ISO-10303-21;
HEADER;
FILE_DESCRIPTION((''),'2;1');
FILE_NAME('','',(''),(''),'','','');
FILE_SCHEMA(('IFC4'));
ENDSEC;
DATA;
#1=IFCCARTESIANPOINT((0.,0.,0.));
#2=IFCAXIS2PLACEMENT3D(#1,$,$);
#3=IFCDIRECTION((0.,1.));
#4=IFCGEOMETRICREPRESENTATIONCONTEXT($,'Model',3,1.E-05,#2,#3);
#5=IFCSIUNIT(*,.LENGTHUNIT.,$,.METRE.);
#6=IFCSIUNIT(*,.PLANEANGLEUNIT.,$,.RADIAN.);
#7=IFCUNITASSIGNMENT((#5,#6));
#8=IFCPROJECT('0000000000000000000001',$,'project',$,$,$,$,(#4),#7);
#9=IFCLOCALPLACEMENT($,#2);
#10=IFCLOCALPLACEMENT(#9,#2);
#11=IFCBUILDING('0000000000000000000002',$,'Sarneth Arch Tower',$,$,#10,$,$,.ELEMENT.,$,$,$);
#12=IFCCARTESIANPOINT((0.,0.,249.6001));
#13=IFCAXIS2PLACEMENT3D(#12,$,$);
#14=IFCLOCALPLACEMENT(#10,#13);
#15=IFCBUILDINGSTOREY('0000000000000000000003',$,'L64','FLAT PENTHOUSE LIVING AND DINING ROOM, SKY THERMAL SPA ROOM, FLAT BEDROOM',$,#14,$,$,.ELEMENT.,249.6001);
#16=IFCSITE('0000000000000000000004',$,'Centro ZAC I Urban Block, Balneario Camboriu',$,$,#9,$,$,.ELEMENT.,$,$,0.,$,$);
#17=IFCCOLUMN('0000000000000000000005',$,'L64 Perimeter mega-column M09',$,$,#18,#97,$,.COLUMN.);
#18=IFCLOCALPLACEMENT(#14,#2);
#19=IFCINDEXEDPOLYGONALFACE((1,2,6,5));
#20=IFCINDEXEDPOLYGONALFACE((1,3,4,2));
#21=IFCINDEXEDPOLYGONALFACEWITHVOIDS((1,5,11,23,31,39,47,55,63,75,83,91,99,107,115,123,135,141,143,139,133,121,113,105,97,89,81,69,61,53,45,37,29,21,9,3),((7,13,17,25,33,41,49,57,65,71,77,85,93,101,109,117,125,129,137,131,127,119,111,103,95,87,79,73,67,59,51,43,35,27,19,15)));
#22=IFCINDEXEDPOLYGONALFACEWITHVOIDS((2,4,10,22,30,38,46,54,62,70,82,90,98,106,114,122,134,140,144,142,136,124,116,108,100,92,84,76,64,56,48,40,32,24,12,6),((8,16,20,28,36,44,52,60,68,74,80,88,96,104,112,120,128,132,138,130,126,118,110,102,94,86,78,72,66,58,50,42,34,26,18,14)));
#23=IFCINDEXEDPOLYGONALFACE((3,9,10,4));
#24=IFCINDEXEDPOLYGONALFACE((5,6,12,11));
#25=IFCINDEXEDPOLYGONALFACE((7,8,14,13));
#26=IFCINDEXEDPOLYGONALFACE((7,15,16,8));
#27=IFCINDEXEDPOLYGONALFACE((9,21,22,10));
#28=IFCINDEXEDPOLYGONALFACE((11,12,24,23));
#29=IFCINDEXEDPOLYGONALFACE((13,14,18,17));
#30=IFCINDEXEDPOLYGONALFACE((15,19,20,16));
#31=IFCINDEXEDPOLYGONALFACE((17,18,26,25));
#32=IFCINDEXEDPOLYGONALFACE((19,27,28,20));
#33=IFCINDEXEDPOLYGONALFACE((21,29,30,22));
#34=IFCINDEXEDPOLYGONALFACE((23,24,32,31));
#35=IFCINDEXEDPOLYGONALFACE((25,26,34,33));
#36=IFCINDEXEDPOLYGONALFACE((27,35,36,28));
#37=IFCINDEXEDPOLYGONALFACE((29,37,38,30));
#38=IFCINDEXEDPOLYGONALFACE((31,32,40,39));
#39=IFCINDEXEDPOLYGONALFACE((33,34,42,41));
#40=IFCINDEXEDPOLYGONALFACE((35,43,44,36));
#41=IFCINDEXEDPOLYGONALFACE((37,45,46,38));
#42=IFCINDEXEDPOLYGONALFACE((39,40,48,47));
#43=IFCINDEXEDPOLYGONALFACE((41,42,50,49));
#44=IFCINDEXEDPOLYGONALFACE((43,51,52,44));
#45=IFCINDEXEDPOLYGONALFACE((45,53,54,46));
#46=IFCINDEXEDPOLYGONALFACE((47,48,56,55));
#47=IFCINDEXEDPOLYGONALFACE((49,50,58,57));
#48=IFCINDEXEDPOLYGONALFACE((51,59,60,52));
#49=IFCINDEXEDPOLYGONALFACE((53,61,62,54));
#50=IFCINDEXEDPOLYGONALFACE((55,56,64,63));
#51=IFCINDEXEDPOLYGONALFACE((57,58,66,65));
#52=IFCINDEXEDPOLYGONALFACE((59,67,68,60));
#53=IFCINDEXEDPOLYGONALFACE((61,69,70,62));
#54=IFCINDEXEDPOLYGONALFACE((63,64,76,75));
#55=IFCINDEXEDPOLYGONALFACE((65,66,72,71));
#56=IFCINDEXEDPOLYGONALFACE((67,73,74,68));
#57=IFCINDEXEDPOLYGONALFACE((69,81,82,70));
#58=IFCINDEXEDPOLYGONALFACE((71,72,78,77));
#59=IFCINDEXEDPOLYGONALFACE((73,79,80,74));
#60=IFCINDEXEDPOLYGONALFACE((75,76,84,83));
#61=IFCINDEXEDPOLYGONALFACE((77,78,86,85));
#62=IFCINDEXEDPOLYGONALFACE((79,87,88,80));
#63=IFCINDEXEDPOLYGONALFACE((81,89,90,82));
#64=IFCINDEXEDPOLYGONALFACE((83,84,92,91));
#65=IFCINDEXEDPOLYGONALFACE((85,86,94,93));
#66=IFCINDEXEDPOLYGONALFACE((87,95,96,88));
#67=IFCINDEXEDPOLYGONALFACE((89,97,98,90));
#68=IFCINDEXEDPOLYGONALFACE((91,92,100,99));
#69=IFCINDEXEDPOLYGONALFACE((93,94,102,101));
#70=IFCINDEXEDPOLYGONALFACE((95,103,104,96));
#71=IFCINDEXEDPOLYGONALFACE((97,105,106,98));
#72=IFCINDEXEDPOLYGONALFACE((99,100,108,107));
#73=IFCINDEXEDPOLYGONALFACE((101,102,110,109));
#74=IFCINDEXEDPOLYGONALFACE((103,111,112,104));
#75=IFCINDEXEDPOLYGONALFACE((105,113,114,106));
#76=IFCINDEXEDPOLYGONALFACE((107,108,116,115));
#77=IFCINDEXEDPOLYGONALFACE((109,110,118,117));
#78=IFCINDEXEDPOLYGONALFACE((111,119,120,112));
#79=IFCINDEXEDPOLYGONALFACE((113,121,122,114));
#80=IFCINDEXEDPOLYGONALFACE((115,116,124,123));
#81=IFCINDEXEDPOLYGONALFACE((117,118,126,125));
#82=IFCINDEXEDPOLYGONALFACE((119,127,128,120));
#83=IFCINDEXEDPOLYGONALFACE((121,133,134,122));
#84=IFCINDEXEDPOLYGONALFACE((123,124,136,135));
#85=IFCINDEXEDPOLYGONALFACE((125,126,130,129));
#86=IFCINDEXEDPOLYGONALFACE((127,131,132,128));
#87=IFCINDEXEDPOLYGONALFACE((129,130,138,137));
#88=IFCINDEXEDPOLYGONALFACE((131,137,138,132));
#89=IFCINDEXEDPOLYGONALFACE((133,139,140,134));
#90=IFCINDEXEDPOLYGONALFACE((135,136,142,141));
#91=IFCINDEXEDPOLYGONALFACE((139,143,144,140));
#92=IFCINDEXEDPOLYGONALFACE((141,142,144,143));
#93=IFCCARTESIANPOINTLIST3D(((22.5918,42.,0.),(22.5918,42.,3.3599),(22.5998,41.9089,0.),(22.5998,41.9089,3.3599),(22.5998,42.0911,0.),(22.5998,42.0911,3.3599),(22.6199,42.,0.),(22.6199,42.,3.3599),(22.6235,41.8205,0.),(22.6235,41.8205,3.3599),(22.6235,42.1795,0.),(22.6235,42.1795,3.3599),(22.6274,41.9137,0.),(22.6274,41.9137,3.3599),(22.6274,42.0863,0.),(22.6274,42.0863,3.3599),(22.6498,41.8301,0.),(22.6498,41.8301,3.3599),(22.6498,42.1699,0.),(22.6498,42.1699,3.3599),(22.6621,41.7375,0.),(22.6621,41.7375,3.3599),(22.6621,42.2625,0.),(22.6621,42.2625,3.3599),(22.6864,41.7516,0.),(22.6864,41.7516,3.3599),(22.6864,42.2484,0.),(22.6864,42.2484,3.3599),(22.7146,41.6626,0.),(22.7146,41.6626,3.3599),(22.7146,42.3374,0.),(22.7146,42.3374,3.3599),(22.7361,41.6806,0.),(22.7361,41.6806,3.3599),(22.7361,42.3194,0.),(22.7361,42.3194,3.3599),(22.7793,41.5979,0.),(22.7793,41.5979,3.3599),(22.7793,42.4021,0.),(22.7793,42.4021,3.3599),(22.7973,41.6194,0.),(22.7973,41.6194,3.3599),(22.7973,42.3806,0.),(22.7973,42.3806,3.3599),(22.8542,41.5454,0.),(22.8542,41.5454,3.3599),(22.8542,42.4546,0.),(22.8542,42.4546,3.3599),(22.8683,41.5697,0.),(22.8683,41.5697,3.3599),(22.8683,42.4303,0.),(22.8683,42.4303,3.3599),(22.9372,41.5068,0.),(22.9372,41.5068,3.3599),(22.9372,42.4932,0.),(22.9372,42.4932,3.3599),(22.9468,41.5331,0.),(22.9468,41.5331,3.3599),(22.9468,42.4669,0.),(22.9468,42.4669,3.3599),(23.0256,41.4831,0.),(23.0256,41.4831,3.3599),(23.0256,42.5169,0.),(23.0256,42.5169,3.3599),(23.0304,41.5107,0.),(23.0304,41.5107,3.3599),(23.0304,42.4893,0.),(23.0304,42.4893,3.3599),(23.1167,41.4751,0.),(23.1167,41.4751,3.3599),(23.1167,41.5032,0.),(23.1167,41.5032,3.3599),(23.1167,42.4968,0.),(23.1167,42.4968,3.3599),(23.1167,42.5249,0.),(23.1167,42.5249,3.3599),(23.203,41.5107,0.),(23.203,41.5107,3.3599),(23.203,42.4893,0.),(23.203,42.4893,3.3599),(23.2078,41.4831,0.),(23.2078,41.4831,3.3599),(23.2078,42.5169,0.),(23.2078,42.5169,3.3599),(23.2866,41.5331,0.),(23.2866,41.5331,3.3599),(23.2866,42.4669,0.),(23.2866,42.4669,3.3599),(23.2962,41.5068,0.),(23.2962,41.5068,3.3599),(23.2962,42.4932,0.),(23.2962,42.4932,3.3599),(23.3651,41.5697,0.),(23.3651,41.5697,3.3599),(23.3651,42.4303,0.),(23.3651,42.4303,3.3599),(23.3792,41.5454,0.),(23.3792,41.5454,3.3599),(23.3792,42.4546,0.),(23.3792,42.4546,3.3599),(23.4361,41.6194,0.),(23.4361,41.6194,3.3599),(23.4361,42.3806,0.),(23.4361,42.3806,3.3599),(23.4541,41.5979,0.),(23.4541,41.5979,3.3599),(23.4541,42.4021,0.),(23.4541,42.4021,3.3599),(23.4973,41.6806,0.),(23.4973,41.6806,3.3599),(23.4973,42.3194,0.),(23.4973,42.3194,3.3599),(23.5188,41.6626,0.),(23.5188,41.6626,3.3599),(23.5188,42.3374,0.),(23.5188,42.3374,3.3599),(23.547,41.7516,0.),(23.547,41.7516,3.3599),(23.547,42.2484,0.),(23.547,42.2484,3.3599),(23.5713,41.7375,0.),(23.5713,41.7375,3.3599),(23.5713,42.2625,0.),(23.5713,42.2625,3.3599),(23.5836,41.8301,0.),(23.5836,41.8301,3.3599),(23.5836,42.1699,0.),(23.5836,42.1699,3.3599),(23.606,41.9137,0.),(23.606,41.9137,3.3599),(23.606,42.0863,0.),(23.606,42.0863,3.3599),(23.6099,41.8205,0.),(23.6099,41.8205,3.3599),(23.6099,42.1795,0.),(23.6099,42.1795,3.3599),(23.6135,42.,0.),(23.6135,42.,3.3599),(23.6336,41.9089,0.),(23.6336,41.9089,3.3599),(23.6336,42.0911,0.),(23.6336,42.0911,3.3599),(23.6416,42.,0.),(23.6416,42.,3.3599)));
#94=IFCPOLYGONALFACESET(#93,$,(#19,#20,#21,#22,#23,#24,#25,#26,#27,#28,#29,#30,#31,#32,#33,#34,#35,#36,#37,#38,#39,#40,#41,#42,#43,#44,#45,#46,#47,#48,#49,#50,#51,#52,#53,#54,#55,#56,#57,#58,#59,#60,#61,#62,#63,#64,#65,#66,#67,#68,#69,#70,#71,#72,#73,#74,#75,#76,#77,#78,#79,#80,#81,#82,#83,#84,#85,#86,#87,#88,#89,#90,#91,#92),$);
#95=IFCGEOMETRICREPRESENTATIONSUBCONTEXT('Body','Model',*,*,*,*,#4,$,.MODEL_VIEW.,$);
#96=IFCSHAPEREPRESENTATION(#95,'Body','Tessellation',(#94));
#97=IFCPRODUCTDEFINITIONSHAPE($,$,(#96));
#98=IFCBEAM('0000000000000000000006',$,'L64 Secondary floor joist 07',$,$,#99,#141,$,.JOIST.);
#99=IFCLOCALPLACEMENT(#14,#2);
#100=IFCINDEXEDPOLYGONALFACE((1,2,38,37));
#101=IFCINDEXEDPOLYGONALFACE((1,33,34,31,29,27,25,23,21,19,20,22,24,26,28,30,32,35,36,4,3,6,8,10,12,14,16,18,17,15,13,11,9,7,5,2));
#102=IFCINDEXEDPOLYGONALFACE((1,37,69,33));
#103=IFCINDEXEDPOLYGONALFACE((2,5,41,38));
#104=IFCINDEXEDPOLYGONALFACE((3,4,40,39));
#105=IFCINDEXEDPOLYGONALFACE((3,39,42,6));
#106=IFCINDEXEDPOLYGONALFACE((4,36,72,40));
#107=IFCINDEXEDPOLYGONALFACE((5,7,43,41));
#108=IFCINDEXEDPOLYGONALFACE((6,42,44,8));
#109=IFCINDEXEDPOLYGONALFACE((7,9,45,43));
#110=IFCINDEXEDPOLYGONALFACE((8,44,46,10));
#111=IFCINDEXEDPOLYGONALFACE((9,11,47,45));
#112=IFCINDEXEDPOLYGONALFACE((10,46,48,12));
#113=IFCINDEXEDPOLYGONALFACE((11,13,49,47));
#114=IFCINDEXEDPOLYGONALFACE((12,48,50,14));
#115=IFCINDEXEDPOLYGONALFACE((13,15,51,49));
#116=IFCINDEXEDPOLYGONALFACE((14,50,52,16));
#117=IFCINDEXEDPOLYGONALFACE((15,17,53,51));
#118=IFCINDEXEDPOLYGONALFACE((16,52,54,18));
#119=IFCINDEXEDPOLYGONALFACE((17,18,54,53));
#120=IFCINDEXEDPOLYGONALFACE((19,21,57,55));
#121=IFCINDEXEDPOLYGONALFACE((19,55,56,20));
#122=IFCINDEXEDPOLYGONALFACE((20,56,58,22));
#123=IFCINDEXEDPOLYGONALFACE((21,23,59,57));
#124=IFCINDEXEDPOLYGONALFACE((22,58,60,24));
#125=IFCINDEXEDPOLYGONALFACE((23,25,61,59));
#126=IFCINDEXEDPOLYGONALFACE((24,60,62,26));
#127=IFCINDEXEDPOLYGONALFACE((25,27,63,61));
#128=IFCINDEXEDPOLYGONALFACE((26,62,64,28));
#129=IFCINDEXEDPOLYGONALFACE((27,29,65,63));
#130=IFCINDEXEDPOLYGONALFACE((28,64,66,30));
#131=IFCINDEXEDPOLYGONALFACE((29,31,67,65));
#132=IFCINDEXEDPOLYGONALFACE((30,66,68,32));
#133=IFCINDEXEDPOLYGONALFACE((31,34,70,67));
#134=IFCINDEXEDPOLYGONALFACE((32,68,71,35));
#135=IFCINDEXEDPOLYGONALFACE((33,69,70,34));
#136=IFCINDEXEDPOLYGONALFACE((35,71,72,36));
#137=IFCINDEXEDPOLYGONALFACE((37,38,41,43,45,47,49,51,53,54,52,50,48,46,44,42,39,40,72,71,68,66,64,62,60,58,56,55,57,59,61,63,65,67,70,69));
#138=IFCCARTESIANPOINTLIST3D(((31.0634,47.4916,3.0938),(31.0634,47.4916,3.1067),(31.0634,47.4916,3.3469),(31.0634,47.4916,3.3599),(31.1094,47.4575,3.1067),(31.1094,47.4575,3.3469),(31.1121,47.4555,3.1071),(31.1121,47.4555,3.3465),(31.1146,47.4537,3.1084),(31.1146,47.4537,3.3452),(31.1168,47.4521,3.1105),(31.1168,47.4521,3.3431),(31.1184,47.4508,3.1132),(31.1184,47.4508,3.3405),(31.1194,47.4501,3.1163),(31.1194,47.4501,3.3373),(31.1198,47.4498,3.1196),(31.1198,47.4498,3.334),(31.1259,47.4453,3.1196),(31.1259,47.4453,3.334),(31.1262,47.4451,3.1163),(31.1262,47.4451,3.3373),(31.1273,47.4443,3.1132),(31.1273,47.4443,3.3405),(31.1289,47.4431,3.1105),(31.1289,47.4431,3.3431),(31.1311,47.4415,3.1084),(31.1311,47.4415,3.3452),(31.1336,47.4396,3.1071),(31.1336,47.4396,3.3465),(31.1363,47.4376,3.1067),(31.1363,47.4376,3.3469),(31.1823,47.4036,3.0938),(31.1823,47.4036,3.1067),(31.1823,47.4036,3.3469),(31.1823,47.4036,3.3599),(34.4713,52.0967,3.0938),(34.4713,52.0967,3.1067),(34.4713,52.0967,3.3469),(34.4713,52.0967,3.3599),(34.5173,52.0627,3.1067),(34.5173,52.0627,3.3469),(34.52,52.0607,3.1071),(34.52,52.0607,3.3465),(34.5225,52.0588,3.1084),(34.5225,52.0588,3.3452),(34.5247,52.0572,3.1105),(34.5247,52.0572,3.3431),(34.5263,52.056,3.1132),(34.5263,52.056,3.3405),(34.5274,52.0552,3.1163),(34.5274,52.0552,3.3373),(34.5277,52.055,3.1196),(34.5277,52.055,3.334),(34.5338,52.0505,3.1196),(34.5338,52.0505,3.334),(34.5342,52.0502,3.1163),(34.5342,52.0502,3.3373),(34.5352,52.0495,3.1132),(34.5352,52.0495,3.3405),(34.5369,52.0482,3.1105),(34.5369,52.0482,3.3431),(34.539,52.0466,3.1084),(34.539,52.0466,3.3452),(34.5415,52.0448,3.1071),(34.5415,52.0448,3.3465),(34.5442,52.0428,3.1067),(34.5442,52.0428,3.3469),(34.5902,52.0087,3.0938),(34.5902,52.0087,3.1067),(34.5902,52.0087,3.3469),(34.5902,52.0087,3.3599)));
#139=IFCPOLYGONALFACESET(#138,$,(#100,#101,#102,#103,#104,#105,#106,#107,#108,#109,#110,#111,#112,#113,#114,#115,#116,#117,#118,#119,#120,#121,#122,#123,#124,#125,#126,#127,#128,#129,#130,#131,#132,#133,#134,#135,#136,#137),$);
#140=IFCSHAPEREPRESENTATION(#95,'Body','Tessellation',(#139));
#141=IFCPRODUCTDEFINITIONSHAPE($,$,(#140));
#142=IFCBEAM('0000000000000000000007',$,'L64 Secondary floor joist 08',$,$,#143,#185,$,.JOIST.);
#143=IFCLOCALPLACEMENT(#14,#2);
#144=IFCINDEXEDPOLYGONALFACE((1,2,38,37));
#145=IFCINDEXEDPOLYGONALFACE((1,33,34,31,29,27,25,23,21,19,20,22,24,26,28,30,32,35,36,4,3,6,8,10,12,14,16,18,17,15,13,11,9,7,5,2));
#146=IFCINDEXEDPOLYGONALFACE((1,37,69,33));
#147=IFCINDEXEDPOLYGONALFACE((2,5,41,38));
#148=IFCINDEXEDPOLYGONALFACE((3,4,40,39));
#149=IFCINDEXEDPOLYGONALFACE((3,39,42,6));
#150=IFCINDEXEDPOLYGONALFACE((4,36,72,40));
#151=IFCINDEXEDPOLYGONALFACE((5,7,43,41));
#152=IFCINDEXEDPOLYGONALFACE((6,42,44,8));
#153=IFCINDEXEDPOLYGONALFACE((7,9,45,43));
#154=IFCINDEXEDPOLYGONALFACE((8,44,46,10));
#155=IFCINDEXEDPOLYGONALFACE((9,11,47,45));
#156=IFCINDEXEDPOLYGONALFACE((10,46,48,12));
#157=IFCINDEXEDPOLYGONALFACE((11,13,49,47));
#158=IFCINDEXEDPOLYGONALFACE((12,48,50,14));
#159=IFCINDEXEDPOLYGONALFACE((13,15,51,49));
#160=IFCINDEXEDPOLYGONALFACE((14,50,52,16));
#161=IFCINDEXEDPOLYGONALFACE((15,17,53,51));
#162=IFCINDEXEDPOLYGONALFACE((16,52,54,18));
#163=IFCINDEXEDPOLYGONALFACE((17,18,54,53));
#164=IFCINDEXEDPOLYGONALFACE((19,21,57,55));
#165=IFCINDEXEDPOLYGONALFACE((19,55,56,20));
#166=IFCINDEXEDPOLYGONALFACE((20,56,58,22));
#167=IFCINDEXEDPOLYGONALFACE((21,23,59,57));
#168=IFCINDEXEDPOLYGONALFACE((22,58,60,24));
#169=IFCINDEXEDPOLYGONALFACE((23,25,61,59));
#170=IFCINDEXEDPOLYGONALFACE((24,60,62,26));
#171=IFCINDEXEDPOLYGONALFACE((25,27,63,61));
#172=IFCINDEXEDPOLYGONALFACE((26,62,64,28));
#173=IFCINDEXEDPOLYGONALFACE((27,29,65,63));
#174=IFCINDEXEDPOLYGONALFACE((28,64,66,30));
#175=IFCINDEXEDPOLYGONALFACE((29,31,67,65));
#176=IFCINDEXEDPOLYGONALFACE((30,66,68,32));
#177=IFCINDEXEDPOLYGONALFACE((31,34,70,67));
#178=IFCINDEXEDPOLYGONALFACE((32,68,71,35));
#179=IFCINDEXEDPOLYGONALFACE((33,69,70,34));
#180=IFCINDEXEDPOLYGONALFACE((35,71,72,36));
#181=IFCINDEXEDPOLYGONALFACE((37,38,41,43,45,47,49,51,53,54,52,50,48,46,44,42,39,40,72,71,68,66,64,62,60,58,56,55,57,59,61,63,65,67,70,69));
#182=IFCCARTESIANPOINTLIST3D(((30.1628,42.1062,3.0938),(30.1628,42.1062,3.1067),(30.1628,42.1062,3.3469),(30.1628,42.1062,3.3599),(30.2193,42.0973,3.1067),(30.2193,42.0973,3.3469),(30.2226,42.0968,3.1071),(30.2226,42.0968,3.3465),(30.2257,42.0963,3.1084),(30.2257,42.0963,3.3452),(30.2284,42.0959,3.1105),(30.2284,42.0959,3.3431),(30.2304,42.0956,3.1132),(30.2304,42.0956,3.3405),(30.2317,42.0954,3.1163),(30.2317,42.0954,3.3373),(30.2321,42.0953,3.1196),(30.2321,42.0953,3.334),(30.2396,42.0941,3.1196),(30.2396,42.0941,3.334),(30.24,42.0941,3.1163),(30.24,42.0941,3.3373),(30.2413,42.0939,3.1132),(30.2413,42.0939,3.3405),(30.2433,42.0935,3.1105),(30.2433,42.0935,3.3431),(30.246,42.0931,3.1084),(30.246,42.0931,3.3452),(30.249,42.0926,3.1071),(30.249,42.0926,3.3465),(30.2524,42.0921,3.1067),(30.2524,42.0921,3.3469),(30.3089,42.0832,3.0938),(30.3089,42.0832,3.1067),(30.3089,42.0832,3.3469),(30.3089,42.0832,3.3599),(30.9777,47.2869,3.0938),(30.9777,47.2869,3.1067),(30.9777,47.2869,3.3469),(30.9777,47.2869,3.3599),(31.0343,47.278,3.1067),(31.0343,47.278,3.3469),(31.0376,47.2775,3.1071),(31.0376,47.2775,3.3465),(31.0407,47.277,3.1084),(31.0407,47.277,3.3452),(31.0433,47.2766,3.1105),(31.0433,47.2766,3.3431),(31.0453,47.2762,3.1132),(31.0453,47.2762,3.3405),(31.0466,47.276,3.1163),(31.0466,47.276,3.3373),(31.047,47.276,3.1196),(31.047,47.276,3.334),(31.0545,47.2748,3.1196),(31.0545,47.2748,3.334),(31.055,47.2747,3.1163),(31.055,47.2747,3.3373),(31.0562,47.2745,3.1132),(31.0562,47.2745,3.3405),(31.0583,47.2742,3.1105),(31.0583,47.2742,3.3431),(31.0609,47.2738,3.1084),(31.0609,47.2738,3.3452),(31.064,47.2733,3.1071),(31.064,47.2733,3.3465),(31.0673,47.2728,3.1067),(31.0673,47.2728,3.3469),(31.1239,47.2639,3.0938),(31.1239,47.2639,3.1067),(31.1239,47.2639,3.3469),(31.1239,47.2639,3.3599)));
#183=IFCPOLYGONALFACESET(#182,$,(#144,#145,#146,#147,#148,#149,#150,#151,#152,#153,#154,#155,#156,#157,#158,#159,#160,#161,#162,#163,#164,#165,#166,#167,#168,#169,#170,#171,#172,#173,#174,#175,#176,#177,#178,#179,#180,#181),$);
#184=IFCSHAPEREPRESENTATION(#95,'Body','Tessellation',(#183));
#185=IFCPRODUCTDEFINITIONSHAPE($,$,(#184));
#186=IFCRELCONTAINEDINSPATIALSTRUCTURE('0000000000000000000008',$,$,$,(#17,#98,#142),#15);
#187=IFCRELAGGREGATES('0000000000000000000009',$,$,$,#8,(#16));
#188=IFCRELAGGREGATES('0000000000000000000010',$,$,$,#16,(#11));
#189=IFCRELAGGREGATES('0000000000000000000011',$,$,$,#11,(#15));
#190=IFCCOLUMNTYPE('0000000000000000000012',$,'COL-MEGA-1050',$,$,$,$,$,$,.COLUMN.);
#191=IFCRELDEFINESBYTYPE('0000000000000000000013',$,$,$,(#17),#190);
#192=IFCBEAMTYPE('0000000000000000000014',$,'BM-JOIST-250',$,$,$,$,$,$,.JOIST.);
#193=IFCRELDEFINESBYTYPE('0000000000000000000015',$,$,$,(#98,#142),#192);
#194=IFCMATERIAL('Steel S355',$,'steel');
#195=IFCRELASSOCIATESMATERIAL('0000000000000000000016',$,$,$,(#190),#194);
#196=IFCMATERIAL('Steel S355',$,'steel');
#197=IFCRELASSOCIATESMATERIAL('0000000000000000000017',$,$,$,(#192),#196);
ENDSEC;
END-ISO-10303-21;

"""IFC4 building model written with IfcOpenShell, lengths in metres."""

from ifc_helpers import new_model, si_unit, direction, frame, origin, origin_2d, place, context, subcontext, project, spatial, hollow_circle, i_section, extrude, material, material_profile, profile_set, type_object, element, save


model = new_model("IFC4")

# Units and contexts
model_context = context("Model", 3, precision=1e-05, world=origin(), true_north=direction((0.0, 1.0)))
body_context = subcontext(model_context, "Body", "Model", "MODEL_VIEW")
ifc_project = project(units=[si_unit("LENGTHUNIT", "METRE"), si_unit("PLANEANGLEUNIT", "RADIAN")], contexts=[model_context])

# Site, building, storey
site_placement = place(None, origin())
site = spatial("IfcSite", under=ifc_project, at=site_placement, Name="Centro ZAC I Urban Block, Balneario Camboriu", CompositionType="ELEMENT", RefElevation=0.0)
building_placement = place(site_placement, origin())
building = spatial("IfcBuilding", under=site, at=building_placement, Name="Sarneth Arch Tower", CompositionType="ELEMENT")
storey_placement = place(building_placement, frame((0.0, 0.0, 249.6001)))
storey = spatial("IfcBuildingStorey", under=building, at=storey_placement, Name="L64", Description="FLAT PENTHOUSE LIVING AND DINING ROOM, SKY THERMAL SPA ROOM, FLAT BEDROOM", CompositionType="ELEMENT", Elevation=249.6001)

# Column
ifc_material_1 = material(Name="Steel S355", Category="steel")
ifc_material_profile_1 = material_profile(ifc_material_1, hollow_circle(Radius=0.5249, WallThickness=0.0281, at=origin_2d()), Name="CHS1050x28")
ifc_profile_set_1 = profile_set([ifc_material_profile_1], Name="Steel S355")
column_type = type_object("IfcColumnType", Name="COL-MEGA-1050", PredefinedType="COLUMN", material=ifc_profile_set_1)
for number, where, z_axis, x_axis, name in (
    (1, (23.1167, 42.0, 0.0), (0.0, 0.0, 1.0), (1.0, 0.0, 0.0), "L64 Perimeter mega-column M09"),
):
    element("IfcColumn", number, at=place(storey_placement, frame(where, z_axis=z_axis, x_axis=x_axis)), inside=storey, type_object=column_type, Name=name, PredefinedType="COLUMN", context=body_context, shape_type="SweptSolid", body=[
        extrude(hollow_circle(Radius=0.5249, WallThickness=0.0281, at=origin_2d()), origin(), (0.0, 0.0, 1.0), 3.3599),
    ])

# Beams
ifc_material_2 = material(Name="Steel S355", Category="steel")
ifc_material_profile_2 = material_profile(ifc_material_2, i_section(OverallWidth=0.1479, OverallDepth=0.2661, WebThickness=0.0076, FlangeThickness=0.0129, FilletRadius=0.0129, at=origin_2d()), Name="W250x44.8")
ifc_profile_set_2 = profile_set([ifc_material_profile_2], Name="Steel S355")
beam_type_1 = type_object("IfcBeamType", Name="BM-JOIST-250", PredefinedType="JOIST", material=ifc_profile_set_2)
beam_1_placement = place(storey_placement, frame((34.5308, 52.0527, 3.2268), z_axis=(-0.594853, -0.803834, 0.0), x_axis=(0.803834, -0.594853, 0.0)))
element("IfcBeam", 2, at=beam_1_placement, inside=storey, type_object=beam_type_1, Name="L64 Secondary floor joist 07", PredefinedType="JOIST", context=body_context, shape_type="SweptSolid", body=[
    extrude(i_section(OverallWidth=0.1479, OverallDepth=0.2661, WebThickness=0.0076, FlangeThickness=0.0129, FilletRadius=0.0129, at=origin_2d()), origin(), (0.0, 0.0, 1.0), 5.729),
])
for number, where, z_axis, x_axis, name in (
    (3, (31.0508, 47.2754, 3.2268), (-0.155394, -0.987853, 0.0), (0.987853, -0.155394, 0.0), "L64 Secondary floor joist 08"),
):
    element("IfcBeam", number, at=place(storey_placement, frame(where, z_axis=z_axis, x_axis=x_axis)), inside=storey, type_object=beam_type_1, Name=name, PredefinedType="JOIST", context=body_context, shape_type="SweptSolid", body=[
        extrude(i_section(OverallWidth=0.1479, OverallDepth=0.2661, WebThickness=0.0076, FlangeThickness=0.0129, FilletRadius=0.0129, at=origin_2d()), origin(), (0.0, 0.0, 1.0), 5.2444),
    ])

save(model, "model.ifc")
